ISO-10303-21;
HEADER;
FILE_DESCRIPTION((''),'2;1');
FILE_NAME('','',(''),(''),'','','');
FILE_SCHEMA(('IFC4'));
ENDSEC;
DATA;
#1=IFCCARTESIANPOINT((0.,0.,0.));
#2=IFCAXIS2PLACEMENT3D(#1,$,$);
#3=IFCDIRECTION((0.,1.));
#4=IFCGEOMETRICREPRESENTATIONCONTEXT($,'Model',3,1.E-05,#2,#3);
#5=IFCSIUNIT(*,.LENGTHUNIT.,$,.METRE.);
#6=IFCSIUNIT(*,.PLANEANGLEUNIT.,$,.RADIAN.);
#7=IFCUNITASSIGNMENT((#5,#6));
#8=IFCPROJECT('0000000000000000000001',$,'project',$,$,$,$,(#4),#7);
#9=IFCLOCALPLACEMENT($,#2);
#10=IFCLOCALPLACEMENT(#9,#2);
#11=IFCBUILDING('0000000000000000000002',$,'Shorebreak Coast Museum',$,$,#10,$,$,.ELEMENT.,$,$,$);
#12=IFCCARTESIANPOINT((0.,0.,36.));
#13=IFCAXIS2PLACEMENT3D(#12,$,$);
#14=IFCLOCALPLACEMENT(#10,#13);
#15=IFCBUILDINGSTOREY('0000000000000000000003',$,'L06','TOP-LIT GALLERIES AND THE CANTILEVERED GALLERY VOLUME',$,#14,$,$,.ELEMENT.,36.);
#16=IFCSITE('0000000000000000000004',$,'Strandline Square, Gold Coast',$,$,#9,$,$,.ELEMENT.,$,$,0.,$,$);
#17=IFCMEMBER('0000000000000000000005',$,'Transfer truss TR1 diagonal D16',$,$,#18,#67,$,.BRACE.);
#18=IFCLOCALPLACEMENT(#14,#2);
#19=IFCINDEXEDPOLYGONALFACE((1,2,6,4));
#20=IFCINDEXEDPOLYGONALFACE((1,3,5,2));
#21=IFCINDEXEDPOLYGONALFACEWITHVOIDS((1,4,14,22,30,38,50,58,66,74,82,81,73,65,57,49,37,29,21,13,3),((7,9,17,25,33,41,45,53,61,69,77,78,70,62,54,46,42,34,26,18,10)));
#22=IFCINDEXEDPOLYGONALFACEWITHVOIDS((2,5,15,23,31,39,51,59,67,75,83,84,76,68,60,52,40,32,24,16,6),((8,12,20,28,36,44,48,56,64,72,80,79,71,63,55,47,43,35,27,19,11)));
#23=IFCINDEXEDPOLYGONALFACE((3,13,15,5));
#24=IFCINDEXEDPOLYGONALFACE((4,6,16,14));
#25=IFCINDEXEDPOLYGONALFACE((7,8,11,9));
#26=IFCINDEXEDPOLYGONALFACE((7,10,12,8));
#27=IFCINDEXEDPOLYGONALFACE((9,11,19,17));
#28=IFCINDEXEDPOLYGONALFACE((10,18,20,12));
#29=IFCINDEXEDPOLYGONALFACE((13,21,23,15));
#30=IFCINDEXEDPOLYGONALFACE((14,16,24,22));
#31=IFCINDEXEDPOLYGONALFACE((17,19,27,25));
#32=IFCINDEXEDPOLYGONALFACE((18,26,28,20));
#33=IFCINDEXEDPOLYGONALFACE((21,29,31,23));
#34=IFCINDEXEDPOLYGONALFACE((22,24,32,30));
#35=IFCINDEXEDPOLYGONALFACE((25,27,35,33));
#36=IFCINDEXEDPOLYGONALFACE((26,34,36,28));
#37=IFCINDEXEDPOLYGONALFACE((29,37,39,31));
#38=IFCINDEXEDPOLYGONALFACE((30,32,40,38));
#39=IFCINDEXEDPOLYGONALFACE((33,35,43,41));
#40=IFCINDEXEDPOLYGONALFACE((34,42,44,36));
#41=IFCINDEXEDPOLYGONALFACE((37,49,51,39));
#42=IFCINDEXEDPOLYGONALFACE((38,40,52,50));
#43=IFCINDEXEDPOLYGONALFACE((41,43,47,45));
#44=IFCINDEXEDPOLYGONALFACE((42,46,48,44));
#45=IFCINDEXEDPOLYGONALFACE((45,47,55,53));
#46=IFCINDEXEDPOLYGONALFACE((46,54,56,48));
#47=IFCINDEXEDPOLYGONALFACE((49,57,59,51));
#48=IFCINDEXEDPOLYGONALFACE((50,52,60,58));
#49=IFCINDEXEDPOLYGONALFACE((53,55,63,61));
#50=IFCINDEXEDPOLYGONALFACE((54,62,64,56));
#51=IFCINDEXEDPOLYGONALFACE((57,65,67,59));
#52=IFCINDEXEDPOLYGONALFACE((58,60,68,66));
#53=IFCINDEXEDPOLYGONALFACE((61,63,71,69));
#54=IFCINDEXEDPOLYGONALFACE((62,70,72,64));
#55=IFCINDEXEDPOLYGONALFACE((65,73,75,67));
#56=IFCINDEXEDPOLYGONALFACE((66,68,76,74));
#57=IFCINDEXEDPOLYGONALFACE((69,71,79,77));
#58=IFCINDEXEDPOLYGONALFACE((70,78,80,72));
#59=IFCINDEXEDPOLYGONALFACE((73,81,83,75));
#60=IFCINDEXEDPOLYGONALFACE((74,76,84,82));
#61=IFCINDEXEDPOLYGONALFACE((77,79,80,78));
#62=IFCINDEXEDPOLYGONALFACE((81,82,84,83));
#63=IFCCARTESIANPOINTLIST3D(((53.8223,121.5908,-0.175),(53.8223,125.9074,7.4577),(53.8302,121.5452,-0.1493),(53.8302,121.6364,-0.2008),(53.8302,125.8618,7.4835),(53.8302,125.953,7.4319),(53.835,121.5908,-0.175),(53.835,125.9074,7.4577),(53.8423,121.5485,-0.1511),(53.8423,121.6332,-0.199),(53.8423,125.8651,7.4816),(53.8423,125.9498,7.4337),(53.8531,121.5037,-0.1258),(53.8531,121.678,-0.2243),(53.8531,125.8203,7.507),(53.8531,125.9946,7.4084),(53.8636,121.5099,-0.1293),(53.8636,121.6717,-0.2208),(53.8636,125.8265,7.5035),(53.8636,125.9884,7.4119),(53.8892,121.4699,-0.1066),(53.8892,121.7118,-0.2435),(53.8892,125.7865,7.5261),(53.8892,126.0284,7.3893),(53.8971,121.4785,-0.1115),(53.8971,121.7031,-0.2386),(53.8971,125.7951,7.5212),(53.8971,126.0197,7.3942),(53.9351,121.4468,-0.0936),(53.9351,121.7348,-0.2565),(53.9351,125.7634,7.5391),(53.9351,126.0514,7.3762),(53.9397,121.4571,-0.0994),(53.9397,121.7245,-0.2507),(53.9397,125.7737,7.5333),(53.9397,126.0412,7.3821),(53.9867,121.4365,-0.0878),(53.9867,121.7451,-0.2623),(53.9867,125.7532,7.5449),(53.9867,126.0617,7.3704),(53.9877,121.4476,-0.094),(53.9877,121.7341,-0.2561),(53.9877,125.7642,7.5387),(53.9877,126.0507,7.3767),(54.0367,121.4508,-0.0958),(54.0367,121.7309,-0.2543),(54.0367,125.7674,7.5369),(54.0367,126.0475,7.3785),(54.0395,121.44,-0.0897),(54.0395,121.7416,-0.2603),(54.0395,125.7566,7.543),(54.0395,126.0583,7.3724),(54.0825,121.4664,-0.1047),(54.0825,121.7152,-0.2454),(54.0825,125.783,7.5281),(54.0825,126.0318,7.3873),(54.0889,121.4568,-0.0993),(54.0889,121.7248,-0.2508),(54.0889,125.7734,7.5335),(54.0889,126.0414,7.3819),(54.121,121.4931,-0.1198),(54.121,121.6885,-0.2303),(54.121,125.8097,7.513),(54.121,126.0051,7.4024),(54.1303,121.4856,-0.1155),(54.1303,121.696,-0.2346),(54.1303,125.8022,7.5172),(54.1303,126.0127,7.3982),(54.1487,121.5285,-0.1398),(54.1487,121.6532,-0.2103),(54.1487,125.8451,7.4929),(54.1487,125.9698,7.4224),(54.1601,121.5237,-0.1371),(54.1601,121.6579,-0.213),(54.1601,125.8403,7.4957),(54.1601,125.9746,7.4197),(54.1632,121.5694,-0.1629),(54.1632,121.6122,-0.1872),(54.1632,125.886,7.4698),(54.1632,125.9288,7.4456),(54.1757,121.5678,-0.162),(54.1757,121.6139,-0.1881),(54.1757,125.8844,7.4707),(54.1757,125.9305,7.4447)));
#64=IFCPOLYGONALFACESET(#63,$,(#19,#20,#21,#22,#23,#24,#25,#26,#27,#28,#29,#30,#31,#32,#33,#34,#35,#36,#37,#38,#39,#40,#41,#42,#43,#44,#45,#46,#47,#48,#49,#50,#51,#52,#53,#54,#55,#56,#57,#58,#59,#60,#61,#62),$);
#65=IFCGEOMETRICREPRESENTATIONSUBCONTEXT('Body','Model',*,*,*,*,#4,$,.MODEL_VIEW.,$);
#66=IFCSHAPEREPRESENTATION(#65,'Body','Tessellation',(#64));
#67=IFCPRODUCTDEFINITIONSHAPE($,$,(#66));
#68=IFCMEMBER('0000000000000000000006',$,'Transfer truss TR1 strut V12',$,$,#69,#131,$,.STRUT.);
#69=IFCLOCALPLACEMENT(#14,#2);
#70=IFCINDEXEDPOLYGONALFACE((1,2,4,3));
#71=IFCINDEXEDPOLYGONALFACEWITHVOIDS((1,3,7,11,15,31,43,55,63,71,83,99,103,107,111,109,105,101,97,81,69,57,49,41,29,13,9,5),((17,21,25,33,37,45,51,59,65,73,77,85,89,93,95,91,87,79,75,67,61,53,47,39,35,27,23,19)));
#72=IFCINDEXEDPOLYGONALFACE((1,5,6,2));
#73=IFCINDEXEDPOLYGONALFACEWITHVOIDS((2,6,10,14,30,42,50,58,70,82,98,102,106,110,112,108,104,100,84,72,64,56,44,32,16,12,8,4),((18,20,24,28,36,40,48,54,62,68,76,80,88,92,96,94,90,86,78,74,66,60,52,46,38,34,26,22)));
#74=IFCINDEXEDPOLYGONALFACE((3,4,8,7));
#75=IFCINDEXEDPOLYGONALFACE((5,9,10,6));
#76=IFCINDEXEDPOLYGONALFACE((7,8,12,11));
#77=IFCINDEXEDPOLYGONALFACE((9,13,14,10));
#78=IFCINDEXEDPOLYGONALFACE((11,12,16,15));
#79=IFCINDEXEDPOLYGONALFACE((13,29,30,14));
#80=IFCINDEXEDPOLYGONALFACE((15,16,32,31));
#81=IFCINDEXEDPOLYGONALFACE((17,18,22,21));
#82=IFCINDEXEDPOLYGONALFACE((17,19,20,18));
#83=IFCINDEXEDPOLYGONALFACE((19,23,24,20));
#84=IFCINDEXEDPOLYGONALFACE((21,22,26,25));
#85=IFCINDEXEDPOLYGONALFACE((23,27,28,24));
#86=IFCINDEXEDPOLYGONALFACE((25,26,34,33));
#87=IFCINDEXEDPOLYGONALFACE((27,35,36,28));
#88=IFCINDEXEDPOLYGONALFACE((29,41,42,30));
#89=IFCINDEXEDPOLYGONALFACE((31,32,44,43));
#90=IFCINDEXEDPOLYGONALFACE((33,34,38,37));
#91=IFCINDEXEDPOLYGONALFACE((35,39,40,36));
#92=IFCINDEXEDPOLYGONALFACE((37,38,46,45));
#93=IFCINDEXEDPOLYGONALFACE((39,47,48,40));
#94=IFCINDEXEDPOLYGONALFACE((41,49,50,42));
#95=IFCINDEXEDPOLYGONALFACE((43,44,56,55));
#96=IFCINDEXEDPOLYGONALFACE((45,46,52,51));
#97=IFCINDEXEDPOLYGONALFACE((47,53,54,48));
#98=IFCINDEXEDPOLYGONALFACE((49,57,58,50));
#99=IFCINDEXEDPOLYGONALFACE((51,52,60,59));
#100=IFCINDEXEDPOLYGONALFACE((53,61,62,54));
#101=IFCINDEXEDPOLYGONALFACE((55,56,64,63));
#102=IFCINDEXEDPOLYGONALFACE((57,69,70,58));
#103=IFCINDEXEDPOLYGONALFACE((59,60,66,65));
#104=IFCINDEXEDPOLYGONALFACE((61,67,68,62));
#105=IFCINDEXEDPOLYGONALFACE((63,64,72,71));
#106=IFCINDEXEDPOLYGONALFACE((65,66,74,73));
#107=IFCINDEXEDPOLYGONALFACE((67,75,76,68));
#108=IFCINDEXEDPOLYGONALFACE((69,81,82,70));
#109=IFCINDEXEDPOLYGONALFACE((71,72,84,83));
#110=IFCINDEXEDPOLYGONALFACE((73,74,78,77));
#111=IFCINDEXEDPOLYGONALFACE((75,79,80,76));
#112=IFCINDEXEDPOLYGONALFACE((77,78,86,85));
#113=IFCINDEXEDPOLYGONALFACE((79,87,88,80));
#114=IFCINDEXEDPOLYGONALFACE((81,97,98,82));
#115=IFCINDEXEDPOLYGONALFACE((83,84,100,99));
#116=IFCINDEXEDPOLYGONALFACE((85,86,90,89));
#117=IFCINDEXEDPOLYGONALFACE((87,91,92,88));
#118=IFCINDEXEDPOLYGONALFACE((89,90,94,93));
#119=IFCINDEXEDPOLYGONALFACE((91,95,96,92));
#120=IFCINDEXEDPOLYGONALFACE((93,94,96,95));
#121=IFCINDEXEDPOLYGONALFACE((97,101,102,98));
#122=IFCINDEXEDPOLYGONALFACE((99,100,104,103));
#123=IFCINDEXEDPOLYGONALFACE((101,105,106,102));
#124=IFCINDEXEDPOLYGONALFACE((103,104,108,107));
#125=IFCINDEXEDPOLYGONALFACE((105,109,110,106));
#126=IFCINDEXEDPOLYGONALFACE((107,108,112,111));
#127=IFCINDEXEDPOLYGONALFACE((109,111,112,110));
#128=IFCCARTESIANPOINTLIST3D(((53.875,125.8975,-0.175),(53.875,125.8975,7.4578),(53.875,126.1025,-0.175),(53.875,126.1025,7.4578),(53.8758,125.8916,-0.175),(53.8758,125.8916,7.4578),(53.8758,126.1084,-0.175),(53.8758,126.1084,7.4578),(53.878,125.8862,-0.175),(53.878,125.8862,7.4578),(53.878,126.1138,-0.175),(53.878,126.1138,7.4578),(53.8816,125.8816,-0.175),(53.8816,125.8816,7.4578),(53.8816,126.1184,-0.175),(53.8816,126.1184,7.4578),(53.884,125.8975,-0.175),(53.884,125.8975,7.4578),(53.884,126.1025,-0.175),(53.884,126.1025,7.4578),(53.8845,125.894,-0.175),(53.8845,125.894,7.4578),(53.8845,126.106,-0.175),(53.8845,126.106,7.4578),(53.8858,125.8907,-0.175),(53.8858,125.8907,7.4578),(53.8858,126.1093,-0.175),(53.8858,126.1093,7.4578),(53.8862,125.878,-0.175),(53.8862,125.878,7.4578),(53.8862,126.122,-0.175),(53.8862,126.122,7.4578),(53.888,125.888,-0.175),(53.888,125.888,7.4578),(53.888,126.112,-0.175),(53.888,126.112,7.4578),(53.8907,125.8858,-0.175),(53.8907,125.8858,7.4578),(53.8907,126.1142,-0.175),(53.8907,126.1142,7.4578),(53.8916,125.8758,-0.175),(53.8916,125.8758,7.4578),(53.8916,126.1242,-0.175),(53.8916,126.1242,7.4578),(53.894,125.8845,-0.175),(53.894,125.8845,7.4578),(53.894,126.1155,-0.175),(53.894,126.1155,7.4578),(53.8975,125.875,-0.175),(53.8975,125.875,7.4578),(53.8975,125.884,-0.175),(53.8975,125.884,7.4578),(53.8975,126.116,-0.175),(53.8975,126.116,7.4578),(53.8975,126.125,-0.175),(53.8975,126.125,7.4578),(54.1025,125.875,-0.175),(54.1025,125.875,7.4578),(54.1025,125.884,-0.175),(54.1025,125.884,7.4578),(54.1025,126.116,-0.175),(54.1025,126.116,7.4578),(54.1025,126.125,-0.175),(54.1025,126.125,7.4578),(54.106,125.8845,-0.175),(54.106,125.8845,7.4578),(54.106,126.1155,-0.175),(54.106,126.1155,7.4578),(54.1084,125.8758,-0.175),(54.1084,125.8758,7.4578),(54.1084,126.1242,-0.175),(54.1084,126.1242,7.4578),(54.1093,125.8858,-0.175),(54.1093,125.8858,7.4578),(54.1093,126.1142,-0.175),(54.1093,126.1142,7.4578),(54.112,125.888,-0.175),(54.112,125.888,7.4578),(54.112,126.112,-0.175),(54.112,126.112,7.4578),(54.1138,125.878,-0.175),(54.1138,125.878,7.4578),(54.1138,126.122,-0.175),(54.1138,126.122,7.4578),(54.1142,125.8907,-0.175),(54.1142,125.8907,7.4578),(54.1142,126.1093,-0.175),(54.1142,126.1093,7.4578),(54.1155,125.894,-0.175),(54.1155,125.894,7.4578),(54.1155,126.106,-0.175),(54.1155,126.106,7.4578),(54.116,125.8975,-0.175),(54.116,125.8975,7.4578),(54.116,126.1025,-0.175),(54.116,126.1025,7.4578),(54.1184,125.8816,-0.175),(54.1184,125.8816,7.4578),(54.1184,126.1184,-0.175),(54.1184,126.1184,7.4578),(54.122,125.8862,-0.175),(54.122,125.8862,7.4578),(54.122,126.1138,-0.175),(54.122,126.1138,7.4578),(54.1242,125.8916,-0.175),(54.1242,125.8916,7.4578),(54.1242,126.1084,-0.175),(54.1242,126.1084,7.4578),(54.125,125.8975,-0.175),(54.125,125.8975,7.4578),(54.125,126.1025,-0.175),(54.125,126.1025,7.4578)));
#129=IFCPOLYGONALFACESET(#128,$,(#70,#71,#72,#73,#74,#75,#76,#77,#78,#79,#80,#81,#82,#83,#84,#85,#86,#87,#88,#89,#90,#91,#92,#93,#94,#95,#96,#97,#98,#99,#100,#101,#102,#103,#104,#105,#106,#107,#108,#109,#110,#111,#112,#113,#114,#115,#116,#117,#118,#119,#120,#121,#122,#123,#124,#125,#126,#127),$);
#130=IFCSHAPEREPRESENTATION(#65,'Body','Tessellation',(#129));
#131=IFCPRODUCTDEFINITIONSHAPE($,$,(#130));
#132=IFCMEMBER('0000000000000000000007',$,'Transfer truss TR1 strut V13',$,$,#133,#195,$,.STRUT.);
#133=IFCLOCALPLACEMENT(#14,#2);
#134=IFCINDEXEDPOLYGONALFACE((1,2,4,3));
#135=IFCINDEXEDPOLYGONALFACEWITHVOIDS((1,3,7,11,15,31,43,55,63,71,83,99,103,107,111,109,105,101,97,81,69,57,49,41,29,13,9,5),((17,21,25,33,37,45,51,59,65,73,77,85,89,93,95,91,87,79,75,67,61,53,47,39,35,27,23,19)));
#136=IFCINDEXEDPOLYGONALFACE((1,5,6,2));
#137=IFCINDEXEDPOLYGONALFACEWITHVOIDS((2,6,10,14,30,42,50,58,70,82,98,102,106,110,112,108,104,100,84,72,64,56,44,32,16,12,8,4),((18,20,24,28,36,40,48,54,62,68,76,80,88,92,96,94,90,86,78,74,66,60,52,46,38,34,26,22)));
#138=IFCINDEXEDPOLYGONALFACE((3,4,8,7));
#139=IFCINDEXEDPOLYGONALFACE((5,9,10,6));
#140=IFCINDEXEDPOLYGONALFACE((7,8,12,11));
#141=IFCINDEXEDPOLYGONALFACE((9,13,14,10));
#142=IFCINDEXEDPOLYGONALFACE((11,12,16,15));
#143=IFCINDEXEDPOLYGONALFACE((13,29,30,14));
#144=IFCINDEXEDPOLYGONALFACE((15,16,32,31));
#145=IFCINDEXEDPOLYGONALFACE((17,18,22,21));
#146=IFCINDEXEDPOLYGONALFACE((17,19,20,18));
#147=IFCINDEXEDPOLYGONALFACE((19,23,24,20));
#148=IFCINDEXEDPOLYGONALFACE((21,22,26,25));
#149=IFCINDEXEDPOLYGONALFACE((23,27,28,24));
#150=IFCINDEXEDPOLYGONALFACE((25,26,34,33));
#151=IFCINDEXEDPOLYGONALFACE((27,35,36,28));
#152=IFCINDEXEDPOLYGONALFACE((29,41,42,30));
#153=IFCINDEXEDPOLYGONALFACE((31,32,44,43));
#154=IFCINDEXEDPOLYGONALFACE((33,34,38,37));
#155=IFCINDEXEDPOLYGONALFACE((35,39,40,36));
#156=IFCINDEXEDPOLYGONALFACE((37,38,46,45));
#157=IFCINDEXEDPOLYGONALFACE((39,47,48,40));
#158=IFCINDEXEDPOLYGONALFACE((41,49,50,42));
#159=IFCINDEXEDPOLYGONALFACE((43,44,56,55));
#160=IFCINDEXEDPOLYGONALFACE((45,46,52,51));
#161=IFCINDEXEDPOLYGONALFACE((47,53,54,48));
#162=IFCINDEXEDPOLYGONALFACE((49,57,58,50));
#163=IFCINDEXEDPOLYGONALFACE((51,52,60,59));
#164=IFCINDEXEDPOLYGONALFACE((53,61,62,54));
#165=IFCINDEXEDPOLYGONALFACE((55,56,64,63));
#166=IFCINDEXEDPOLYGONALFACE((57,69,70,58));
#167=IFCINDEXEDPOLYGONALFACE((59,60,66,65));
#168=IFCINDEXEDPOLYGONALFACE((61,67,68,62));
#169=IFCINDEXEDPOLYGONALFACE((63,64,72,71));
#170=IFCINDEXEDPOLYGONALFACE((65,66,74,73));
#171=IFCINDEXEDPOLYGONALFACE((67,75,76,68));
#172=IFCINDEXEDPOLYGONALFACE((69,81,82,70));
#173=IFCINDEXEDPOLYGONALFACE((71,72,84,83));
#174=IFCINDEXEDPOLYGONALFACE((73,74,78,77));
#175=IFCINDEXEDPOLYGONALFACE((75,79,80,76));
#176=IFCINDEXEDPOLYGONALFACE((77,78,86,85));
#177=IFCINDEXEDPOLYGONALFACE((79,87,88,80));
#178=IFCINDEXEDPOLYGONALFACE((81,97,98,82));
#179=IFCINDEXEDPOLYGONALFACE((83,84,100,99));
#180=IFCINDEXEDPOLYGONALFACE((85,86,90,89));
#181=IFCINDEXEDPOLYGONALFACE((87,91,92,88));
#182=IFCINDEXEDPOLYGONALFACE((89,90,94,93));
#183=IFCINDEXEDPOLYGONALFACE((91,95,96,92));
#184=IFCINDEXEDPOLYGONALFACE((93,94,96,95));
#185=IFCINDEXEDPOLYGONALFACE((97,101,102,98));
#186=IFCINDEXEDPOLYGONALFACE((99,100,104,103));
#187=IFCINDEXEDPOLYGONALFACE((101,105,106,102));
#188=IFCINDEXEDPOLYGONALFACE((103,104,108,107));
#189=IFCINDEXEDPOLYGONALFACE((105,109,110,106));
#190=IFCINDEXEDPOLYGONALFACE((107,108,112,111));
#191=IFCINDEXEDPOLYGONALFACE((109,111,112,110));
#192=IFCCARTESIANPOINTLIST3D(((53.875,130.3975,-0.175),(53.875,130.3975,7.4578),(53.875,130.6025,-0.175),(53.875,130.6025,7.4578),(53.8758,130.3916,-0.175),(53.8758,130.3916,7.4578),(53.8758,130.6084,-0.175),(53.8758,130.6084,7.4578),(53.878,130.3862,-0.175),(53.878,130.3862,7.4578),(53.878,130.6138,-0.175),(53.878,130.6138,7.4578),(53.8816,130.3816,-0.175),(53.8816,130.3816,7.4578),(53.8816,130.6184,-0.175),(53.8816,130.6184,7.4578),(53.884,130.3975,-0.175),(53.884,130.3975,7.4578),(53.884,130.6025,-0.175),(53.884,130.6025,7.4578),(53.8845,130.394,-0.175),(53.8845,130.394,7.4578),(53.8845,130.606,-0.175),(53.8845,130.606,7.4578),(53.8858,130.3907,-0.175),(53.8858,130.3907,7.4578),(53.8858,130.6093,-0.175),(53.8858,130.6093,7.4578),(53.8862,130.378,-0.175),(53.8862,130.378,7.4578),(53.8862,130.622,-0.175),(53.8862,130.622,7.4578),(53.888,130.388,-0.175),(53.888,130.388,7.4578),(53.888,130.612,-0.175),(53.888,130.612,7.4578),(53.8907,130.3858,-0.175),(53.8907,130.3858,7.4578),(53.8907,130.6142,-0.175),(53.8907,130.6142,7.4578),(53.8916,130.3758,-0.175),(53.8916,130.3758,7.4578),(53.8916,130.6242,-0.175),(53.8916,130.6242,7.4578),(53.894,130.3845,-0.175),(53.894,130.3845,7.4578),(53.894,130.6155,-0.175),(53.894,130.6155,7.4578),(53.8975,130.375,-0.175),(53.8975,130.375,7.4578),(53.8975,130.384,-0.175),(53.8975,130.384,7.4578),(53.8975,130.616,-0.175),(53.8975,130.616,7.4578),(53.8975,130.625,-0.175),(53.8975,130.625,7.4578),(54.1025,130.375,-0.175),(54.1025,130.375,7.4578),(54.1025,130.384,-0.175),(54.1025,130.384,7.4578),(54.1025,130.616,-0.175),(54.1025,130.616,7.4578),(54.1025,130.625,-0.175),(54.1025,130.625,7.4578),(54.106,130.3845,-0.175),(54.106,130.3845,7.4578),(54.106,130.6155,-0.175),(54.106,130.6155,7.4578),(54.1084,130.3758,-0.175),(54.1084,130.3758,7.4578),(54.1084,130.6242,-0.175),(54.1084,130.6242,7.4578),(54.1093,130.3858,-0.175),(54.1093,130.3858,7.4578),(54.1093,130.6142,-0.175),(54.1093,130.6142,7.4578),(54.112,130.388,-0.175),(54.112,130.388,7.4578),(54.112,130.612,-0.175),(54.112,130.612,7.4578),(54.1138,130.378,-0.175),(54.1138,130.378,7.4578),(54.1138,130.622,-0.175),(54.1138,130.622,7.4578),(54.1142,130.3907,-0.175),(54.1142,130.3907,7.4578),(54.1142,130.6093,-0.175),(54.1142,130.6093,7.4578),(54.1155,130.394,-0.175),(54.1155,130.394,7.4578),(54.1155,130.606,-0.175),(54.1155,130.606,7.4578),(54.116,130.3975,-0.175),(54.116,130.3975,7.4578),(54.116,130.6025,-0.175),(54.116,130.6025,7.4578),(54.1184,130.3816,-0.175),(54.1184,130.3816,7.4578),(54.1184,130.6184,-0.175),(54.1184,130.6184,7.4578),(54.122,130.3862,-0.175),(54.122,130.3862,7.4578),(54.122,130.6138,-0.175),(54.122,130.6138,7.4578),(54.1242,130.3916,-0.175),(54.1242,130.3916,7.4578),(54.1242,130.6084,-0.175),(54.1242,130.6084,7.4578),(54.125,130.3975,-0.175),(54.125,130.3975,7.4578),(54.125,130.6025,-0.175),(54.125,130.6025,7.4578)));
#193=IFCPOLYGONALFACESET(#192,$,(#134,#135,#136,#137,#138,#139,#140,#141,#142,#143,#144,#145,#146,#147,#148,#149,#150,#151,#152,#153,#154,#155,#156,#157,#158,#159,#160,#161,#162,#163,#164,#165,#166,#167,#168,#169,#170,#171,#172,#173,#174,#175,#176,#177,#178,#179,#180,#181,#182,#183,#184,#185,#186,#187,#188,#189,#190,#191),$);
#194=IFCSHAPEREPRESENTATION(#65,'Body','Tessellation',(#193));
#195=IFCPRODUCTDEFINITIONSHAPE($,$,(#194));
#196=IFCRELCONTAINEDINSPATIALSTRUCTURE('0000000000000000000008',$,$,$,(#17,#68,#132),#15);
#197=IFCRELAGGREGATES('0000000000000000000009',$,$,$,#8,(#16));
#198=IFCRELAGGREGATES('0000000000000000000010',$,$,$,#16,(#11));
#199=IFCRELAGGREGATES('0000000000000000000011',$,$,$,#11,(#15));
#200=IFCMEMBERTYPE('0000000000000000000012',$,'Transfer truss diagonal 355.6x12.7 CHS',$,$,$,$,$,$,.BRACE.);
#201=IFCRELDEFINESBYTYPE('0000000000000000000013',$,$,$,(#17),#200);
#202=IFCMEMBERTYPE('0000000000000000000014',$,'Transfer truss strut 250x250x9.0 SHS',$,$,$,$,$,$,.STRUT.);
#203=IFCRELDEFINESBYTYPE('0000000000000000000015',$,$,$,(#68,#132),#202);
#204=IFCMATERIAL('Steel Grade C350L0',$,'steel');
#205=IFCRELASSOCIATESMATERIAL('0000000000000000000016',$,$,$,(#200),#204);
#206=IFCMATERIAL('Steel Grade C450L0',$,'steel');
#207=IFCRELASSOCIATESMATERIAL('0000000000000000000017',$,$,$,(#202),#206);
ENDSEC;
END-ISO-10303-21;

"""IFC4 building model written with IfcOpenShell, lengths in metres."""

from ifc_helpers import new_model, si_unit, direction, frame, origin, origin_2d, place, context, subcontext, project, spatial, hollow_rectangle, hollow_circle, extrude, material, material_profile, profile_set, type_object, element, save


model = new_model("IFC4")

# Units and contexts
model_context = context("Model", 3, precision=1e-05, world=origin(), true_north=direction((0.0, 1.0)))
body_context = subcontext(model_context, "Body", "Model", "MODEL_VIEW")
ifc_project = project(units=[si_unit("LENGTHUNIT", "METRE"), si_unit("PLANEANGLEUNIT", "RADIAN")], contexts=[model_context])

# Site, building, storey
site_placement = place(None, origin())
site = spatial("IfcSite", under=ifc_project, at=site_placement, Name="Strandline Square, Gold Coast", CompositionType="ELEMENT", RefElevation=0.0)
building_placement = place(site_placement, origin())
building = spatial("IfcBuilding", under=site, at=building_placement, Name="Shorebreak Coast Museum", CompositionType="ELEMENT")
storey_placement = place(building_placement, frame((0.0, 0.0, 36.0)))
storey = spatial("IfcBuildingStorey", under=building, at=storey_placement, Name="L06", Description="TOP-LIT GALLERIES AND THE CANTILEVERED GALLERY VOLUME", CompositionType="ELEMENT", Elevation=36.0)

# Members
ifc_material_1 = material(Name="Steel Grade C350L0", Category="steel")
ifc_material_profile_1 = material_profile(ifc_material_1, hollow_circle(Radius=0.1777, WallThickness=0.0127, at=origin_2d()), Name="355.6x12.7 CHS")
ifc_profile_set_1 = profile_set([ifc_material_profile_1], Name="Steel Grade C350L0")
member_type_1 = type_object("IfcMemberType", Name="Transfer truss diagonal 355.6x12.7 CHS", PredefinedType="BRACE", material=ifc_profile_set_1)
member_1_placement = place(storey_placement, frame((54.0, 121.5908, -0.175), z_axis=(0.0, 0.492269, 0.870443), x_axis=(-1.0, 0.0, 0.0)))
element("IfcMember", 1, at=member_1_placement, inside=storey, type_object=member_type_1, Name="Transfer truss TR1 diagonal D16", PredefinedType="BRACE", context=body_context, shape_type="SweptSolid", body=[
    extrude(hollow_circle(Radius=0.1777, WallThickness=0.0127, at=origin_2d()), origin(), (0.0, 0.0, 1.0), 8.7688),
])
ifc_material_2 = material(Name="Steel Grade C450L0", Category="steel")
ifc_material_profile_2 = material_profile(ifc_material_2, hollow_rectangle(XDim=0.25, YDim=0.25, WallThickness=0.009, InnerFilletRadius=0.0134, OuterFilletRadius=0.0225, at=origin_2d()), Name="250x250x9.0 SHS")
ifc_profile_set_2 = profile_set([ifc_material_profile_2], Name="Steel Grade C450L0")
member_type_2 = type_object("IfcMemberType", Name="Transfer truss strut 250x250x9.0 SHS", PredefinedType="STRUT", material=ifc_profile_set_2)
for number, where, z_axis, x_axis, name in (
    (2, (54.0, 126.0, -0.175), (0.0, 0.0, 1.0), (1.0, 0.0, 0.0), "Transfer truss TR1 strut V12"),
    (3, (54.0, 130.5, -0.175), (0.0, 0.0, 1.0), (1.0, 0.0, 0.0), "Transfer truss TR1 strut V13"),
):
    element("IfcMember", number, at=place(storey_placement, frame(where, z_axis=z_axis, x_axis=x_axis)), inside=storey, type_object=member_type_2, Name=name, PredefinedType="STRUT", context=body_context, shape_type="SweptSolid", body=[
        extrude(hollow_rectangle(XDim=0.25, YDim=0.25, WallThickness=0.009, InnerFilletRadius=0.0134, OuterFilletRadius=0.0225, at=origin_2d()), origin(), (0.0, 0.0, 1.0), 7.6328),
    ])

save(model, "model.ifc")
